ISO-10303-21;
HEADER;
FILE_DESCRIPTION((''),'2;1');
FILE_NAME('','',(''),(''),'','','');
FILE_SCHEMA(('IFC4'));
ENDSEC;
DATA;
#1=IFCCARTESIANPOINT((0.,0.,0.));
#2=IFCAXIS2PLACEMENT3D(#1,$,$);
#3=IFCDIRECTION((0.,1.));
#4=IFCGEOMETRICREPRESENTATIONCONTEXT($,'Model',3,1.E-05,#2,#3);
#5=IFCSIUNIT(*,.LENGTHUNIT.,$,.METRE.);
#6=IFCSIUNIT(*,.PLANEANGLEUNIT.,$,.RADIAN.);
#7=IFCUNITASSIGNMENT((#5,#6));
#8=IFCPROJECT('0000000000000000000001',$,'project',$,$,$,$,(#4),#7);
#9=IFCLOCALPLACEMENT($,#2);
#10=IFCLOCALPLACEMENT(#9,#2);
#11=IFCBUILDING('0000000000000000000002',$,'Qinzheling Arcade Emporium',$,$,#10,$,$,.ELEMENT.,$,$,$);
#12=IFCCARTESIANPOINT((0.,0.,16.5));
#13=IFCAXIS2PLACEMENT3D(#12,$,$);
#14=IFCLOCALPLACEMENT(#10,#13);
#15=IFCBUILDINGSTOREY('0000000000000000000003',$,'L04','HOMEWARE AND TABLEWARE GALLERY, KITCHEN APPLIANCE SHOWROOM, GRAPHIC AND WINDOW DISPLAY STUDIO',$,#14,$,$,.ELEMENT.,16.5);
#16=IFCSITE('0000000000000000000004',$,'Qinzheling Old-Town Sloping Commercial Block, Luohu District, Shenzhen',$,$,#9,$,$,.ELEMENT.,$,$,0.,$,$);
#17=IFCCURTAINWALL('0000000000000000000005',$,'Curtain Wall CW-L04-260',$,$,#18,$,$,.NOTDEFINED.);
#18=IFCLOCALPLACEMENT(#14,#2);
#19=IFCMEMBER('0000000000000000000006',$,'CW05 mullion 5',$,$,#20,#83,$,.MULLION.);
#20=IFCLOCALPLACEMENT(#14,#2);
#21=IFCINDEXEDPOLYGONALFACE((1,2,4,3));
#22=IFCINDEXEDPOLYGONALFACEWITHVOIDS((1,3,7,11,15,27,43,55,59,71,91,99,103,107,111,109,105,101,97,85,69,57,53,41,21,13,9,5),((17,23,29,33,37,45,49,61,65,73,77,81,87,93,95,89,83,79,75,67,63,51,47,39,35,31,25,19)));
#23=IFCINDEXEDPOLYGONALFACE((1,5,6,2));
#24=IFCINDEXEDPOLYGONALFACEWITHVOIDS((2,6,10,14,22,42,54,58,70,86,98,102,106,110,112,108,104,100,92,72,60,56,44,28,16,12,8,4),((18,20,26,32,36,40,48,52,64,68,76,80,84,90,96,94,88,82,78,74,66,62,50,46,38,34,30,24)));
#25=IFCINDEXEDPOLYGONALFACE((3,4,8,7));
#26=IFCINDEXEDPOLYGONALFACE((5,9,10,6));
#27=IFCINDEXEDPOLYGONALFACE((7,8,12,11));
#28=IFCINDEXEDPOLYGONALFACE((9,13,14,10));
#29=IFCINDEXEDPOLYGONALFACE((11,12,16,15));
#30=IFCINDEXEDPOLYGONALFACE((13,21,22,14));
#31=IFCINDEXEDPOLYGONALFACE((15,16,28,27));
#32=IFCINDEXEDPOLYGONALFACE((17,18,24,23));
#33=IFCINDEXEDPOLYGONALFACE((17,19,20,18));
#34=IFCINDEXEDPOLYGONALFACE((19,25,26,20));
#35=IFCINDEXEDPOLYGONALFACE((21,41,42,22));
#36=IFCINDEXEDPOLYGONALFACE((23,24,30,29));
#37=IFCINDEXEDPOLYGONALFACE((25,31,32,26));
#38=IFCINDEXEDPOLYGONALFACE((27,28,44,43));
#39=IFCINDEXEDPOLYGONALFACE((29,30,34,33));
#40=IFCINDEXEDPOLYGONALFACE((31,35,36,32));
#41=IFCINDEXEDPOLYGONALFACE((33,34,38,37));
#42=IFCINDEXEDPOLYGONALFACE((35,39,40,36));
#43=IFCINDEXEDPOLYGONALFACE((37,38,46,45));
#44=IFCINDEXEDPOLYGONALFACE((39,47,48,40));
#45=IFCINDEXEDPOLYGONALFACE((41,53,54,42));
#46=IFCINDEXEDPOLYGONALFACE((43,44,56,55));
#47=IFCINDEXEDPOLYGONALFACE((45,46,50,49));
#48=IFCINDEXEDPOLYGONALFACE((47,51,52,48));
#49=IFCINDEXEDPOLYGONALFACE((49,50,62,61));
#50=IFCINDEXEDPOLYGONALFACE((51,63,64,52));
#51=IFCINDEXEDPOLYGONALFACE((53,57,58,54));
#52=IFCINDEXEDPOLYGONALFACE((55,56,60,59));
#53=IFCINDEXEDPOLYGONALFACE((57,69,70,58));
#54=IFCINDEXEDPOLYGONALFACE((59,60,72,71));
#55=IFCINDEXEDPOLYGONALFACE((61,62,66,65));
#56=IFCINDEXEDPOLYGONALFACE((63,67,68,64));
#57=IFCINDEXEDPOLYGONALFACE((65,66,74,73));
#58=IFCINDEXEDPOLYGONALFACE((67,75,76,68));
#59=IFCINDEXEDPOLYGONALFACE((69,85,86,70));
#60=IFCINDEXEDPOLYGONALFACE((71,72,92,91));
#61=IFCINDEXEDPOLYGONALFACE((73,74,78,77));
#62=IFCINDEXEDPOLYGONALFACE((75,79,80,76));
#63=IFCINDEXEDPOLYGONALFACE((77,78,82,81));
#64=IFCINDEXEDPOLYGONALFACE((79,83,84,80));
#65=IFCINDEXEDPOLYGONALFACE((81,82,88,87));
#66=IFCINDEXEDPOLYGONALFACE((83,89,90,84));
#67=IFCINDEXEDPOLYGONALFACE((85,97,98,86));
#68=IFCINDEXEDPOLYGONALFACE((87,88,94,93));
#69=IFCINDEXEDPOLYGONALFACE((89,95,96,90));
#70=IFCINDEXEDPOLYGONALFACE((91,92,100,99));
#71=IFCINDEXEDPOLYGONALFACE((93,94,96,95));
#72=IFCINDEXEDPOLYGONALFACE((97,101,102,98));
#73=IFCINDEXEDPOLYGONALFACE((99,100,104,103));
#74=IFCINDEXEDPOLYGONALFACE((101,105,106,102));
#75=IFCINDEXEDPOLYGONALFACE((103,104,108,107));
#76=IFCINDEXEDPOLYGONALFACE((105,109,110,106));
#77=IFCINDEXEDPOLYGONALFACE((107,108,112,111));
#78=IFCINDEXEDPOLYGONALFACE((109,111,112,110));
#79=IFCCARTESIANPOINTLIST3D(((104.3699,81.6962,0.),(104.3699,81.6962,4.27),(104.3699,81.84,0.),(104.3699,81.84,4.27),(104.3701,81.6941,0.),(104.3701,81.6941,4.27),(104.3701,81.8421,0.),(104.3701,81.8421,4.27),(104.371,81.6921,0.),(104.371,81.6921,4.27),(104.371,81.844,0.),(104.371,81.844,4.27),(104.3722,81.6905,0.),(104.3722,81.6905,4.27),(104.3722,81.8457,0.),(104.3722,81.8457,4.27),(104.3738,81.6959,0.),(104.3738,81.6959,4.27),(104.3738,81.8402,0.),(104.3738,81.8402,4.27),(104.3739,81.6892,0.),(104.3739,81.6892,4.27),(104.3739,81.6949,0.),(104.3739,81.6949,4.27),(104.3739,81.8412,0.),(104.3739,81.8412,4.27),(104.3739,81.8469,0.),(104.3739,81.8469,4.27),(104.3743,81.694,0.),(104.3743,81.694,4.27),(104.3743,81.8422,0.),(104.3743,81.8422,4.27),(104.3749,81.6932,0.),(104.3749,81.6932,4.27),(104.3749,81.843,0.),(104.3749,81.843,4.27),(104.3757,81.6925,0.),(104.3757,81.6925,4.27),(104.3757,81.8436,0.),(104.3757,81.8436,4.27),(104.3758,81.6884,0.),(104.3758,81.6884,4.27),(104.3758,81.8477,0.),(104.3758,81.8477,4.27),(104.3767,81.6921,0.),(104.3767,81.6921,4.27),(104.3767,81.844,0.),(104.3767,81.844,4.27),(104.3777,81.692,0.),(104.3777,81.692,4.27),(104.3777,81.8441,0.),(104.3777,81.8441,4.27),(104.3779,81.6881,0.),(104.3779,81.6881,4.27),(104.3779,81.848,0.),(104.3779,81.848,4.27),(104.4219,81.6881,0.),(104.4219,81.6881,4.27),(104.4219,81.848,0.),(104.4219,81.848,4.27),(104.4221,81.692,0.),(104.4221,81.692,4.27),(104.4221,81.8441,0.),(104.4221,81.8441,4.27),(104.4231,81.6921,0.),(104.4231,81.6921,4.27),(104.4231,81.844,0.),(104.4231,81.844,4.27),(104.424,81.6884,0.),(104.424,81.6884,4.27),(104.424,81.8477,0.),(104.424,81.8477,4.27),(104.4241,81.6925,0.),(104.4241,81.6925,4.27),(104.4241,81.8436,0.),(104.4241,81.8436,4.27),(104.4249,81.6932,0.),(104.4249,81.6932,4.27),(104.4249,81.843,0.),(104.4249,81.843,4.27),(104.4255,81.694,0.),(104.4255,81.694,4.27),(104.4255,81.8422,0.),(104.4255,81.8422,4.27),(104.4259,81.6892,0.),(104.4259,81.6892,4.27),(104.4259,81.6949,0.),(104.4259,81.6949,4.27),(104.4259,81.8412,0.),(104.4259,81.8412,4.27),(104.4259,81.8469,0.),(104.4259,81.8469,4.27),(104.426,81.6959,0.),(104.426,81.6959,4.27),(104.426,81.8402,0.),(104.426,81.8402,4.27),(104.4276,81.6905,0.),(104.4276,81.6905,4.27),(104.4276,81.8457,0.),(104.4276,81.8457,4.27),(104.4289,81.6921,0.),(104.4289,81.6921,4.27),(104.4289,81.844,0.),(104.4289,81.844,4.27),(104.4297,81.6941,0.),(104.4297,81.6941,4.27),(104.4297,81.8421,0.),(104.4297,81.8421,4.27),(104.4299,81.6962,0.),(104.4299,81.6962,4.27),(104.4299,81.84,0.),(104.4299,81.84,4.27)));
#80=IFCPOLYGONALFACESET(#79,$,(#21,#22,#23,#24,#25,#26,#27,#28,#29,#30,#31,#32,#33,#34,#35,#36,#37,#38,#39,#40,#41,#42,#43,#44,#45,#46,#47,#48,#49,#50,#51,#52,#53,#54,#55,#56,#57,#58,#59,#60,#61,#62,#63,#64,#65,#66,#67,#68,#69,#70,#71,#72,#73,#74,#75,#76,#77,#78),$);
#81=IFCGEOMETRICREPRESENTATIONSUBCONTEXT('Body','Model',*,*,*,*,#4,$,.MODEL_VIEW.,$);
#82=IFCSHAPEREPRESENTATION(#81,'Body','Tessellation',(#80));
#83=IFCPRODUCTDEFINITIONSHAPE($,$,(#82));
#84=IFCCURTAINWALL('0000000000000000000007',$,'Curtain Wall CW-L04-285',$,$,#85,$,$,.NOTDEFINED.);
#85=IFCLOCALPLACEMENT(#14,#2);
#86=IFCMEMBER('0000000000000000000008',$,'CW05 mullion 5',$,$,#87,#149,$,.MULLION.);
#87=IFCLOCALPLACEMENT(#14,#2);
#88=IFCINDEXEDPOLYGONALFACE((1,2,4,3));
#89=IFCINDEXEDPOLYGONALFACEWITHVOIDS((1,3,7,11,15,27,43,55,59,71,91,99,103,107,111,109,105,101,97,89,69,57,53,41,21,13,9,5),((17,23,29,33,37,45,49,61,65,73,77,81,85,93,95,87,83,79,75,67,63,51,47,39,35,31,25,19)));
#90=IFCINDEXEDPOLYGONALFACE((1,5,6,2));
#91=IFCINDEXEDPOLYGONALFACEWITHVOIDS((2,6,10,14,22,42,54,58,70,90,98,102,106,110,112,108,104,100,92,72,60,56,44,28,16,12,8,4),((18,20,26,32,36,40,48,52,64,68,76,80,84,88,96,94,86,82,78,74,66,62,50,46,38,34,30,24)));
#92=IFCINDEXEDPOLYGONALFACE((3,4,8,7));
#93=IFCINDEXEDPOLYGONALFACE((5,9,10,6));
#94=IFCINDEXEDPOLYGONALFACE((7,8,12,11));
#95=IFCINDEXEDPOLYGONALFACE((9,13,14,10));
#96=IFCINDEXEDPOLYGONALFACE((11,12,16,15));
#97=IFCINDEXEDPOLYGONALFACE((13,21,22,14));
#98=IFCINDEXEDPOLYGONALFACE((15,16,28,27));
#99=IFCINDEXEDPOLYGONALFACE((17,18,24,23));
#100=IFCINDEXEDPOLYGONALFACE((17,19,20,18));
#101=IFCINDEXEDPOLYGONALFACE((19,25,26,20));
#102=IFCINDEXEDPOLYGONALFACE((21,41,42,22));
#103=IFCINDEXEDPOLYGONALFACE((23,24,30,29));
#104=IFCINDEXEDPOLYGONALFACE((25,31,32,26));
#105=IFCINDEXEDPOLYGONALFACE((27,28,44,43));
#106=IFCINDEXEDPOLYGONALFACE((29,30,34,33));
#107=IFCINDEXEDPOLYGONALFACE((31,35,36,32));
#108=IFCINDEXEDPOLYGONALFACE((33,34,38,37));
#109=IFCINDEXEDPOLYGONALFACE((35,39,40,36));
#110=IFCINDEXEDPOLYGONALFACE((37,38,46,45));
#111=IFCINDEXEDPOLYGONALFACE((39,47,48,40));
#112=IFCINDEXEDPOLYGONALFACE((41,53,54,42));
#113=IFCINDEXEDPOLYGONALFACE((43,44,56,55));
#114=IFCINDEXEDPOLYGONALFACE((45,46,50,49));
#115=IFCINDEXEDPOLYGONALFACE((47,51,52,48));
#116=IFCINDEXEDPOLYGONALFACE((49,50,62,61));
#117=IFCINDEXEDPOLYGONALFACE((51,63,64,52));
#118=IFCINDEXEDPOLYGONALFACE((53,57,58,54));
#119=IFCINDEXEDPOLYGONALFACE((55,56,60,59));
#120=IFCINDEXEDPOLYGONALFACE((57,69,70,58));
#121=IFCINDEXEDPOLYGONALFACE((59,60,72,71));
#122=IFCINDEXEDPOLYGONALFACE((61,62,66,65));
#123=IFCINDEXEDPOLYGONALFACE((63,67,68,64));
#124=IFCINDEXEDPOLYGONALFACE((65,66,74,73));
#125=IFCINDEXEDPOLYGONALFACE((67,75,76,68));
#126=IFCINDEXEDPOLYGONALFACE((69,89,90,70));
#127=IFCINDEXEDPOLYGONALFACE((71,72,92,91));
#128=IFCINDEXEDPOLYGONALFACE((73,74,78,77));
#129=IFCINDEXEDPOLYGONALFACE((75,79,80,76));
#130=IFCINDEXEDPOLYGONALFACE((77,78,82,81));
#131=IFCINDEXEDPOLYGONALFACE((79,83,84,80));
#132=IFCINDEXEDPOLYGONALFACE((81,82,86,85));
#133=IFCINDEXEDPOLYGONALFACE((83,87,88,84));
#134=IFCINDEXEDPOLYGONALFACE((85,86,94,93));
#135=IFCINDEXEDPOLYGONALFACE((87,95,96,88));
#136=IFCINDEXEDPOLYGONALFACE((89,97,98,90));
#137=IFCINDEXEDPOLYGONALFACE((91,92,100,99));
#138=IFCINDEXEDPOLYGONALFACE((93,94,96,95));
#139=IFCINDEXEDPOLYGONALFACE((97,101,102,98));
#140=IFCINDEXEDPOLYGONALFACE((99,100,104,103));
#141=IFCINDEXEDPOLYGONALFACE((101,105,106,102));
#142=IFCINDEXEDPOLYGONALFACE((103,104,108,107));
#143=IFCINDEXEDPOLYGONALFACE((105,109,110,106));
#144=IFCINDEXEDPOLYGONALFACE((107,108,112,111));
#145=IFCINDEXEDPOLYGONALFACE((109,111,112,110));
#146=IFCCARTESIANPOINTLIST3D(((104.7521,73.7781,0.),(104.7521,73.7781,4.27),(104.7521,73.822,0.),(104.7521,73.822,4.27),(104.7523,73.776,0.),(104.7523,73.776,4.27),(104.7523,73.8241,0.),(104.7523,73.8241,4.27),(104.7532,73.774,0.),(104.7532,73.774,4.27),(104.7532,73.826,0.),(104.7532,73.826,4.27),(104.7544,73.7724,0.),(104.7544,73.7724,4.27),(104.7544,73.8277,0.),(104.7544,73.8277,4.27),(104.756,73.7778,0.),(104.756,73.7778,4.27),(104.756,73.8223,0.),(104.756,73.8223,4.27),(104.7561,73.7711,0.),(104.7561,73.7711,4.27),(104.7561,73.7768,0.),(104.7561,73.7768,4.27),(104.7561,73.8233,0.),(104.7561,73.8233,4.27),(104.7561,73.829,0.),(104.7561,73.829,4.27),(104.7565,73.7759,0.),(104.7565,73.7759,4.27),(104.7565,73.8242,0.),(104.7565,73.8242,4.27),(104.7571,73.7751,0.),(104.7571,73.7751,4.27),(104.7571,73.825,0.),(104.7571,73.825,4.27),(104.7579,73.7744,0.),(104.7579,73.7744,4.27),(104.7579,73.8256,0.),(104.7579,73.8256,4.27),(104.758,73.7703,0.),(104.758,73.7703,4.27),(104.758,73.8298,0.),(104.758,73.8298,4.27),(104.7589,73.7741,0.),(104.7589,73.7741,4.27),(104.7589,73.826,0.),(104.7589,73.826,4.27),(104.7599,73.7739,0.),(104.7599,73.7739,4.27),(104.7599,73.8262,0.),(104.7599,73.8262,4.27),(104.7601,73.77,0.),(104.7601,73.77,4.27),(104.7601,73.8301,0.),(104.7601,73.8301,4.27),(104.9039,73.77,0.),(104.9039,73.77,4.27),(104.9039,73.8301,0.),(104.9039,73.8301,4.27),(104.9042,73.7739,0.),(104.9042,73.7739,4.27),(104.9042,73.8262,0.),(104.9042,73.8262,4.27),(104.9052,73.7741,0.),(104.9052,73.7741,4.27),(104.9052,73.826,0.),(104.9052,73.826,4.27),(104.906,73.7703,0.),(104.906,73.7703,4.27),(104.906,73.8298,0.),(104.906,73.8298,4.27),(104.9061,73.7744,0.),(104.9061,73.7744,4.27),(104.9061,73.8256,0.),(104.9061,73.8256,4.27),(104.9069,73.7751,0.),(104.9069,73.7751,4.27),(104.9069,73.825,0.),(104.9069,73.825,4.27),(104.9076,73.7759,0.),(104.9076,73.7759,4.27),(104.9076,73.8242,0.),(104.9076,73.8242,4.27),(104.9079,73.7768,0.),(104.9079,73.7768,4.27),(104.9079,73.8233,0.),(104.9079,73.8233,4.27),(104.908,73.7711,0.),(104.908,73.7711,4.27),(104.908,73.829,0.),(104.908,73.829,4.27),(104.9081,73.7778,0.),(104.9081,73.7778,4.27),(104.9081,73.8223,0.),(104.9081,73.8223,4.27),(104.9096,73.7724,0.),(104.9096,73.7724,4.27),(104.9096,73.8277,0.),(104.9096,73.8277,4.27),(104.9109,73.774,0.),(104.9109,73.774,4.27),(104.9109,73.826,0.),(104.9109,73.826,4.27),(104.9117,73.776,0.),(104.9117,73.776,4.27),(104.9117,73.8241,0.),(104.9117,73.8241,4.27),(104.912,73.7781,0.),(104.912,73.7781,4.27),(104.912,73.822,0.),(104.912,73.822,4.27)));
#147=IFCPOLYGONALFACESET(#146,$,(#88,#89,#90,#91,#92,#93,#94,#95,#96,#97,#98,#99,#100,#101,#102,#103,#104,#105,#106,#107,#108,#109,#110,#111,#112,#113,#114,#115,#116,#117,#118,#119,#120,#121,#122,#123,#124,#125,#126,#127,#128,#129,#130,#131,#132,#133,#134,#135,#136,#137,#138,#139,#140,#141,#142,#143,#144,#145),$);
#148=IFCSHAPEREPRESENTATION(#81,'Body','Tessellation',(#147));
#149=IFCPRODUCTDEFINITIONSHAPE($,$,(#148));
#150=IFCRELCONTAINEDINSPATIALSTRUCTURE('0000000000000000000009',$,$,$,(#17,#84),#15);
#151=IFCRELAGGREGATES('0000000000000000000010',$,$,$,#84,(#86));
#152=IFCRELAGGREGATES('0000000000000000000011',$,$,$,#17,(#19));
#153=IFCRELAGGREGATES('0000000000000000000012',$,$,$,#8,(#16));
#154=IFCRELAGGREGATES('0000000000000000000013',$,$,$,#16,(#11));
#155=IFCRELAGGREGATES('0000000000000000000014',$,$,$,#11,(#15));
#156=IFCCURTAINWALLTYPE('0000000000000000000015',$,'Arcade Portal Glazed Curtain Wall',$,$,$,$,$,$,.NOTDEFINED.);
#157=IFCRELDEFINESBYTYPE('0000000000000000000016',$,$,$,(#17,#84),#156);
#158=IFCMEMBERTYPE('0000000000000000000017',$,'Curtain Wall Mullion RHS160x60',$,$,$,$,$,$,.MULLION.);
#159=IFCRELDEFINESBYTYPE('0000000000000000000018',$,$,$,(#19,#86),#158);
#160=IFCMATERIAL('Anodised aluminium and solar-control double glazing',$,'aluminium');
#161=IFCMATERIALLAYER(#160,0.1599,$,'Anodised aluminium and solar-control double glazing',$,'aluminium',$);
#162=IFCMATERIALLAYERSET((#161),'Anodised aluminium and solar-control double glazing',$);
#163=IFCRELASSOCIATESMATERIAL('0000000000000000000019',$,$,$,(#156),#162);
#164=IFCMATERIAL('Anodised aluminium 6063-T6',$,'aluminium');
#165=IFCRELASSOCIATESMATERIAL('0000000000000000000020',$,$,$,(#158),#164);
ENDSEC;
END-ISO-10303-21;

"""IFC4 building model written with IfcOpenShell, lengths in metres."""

from ifc_helpers import new_model, si_unit, direction, frame, origin, origin_2d, place, context, subcontext, project, spatial, hollow_rectangle, extrude, material, layer, layer_set, material_profile, profile_set, type_object, element, aggregate, save


model = new_model("IFC4")

# Units and contexts
model_context = context("Model", 3, precision=1e-05, world=origin(), true_north=direction((0.0, 1.0)))
body_context = subcontext(model_context, "Body", "Model", "MODEL_VIEW")
ifc_project = project(units=[si_unit("LENGTHUNIT", "METRE"), si_unit("PLANEANGLEUNIT", "RADIAN")], contexts=[model_context])

# Site, building, storey
site_placement = place(None, origin())
site = spatial("IfcSite", under=ifc_project, at=site_placement, Name="Qinzheling Old-Town Sloping Commercial Block, Luohu District, Shenzhen", CompositionType="ELEMENT", RefElevation=0.0)
building_placement = place(site_placement, origin())
building = spatial("IfcBuilding", under=site, at=building_placement, Name="Qinzheling Arcade Emporium", CompositionType="ELEMENT")
storey_placement = place(building_placement, frame((0.0, 0.0, 16.5)))
storey = spatial("IfcBuildingStorey", under=building, at=storey_placement, Name="L04", Description="HOMEWARE AND TABLEWARE GALLERY, KITCHEN APPLIANCE SHOWROOM, GRAPHIC AND WINDOW DISPLAY STUDIO", CompositionType="ELEMENT", Elevation=16.5)

# Curtain wall, member
ifc_material_1 = material(Name="Anodised aluminium and solar-control double glazing", Category="aluminium")
ifc_layer_1 = layer(ifc_material_1, 0.1599, Name="Anodised aluminium and solar-control double glazing", Category="aluminium")
ifc_layer_set_1 = layer_set([ifc_layer_1], Name="Anodised aluminium and solar-control double glazing")
curtain_wall_type = type_object("IfcCurtainWallType", Name="Arcade Portal Glazed Curtain Wall", PredefinedType="NOTDEFINED", material=ifc_layer_set_1)
curtain_wall_1_placement = place(storey_placement, origin())
curtain_wall_1 = element("IfcCurtainWall", 1, at=curtain_wall_1_placement, inside=storey, type_object=curtain_wall_type, Name="Curtain Wall CW-L04-260", PredefinedType="NOTDEFINED")
ifc_material_2 = material(Name="Anodised aluminium 6063-T6", Category="aluminium")
ifc_material_profile_1 = material_profile(ifc_material_2, hollow_rectangle(XDim=0.0601, YDim=0.1599, WallThickness=0.0039, InnerFilletRadius=0.0039, OuterFilletRadius=0.0081, at=origin_2d()), Name="RHS 160x60x4", Category="aluminium")
ifc_profile_set_1 = profile_set([ifc_material_profile_1], Name="Anodised aluminium 6063-T6")
member_type_1 = type_object("IfcMemberType", Name="Curtain Wall Mullion RHS160x60", PredefinedType="MULLION", material=ifc_profile_set_1)
member_1_placement = place(storey_placement, frame((104.3999, 81.7681, 0.0), z_axis=(0.0, 0.0, 1.0), x_axis=(-1.0, 0.0, 0.0)))
member_1 = element("IfcMember", 2, at=member_1_placement, type_object=member_type_1, Name="CW05 mullion 5", PredefinedType="MULLION", context=body_context, shape_type="SweptSolid", body=[
    extrude(hollow_rectangle(XDim=0.0601, YDim=0.1599, WallThickness=0.0039, InnerFilletRadius=0.0039, OuterFilletRadius=0.0081, at=origin_2d()), origin(), (0.0, 0.0, 1.0), 4.27),
])

# Curtain wall, member
curtain_wall_2_placement = place(storey_placement, origin())
curtain_wall_2 = element("IfcCurtainWall", 3, at=curtain_wall_2_placement, inside=storey, type_object=curtain_wall_type, Name="Curtain Wall CW-L04-285", PredefinedType="NOTDEFINED")
member_2_placement = place(storey_placement, frame((104.832, 73.8, 0.0), z_axis=(0.0, 0.0, 1.0), x_axis=(0.0, -1.0, 0.0)))
member_2 = element("IfcMember", 4, at=member_2_placement, type_object=member_type_1, Name="CW05 mullion 5", PredefinedType="MULLION", context=body_context, shape_type="SweptSolid", body=[
    extrude(hollow_rectangle(XDim=0.0601, YDim=0.1599, WallThickness=0.0039, InnerFilletRadius=0.0039, OuterFilletRadius=0.0081, at=origin_2d()), origin(), (0.0, 0.0, 1.0), 4.27),
])

aggregate(curtain_wall_2, [member_2])
aggregate(curtain_wall_1, [member_1])

save(model, "model.ifc")
